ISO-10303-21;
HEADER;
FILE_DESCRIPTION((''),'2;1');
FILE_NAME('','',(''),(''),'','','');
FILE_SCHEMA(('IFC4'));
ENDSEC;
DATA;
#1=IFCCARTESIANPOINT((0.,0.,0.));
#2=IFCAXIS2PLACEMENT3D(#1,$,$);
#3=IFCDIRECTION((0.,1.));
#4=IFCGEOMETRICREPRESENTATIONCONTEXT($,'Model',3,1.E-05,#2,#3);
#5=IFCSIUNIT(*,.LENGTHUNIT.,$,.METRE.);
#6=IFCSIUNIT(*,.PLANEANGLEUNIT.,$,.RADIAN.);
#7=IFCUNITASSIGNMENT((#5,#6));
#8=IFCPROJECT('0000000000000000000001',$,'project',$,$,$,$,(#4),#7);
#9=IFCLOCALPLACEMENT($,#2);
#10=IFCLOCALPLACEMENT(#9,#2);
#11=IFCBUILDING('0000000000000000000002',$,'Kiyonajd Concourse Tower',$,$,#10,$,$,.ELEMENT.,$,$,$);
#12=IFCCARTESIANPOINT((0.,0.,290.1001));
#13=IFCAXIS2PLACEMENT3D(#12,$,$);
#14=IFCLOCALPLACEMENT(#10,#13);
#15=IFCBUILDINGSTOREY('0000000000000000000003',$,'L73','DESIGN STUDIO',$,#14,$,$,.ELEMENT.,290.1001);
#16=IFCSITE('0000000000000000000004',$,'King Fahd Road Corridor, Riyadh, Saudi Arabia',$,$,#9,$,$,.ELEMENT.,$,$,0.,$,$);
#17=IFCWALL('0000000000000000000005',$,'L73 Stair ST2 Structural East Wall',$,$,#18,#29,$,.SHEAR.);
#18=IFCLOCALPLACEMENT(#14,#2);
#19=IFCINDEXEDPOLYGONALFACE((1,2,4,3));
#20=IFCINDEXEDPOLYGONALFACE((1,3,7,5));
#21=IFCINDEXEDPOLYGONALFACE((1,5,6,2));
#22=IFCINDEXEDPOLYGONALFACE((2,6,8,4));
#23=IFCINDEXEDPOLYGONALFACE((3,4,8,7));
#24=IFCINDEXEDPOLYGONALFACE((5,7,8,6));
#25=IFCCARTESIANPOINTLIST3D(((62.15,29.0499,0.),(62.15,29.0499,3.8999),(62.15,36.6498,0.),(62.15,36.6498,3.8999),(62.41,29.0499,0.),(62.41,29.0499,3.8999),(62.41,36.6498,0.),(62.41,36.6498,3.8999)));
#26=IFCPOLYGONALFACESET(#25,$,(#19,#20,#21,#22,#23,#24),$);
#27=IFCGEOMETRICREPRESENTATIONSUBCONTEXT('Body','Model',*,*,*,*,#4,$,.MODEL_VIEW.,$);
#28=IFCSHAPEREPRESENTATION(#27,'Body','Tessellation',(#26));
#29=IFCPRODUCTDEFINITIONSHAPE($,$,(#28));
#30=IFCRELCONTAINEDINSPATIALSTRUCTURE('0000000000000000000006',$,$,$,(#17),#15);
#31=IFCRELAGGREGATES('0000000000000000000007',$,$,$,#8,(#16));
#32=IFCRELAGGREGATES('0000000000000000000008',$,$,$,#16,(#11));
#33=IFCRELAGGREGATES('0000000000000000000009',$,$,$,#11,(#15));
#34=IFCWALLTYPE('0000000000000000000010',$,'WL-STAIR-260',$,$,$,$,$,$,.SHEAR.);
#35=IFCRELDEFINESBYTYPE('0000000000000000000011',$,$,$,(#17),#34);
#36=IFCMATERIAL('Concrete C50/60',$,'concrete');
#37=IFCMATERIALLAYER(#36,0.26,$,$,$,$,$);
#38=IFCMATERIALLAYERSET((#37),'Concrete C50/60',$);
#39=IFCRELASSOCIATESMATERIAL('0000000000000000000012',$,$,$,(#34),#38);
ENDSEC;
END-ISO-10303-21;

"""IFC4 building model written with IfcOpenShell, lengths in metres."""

from ifc_helpers import new_model, si_unit, direction, frame, frame_2d, origin, place, context, subcontext, project, spatial, rectangle, extrude, material, layer, layer_set, type_object, element, save


model = new_model("IFC4")

# Units and contexts
model_context = context("Model", 3, precision=1e-05, world=origin(), true_north=direction((0.0, 1.0)))
body_context = subcontext(model_context, "Body", "Model", "MODEL_VIEW")
ifc_project = project(units=[si_unit("LENGTHUNIT", "METRE"), si_unit("PLANEANGLEUNIT", "RADIAN")], contexts=[model_context])

# Site, building, storey
site_placement = place(None, origin())
site = spatial("IfcSite", under=ifc_project, at=site_placement, Name="King Fahd Road Corridor, Riyadh, Saudi Arabia", CompositionType="ELEMENT", RefElevation=0.0)
building_placement = place(site_placement, origin())
building = spatial("IfcBuilding", under=site, at=building_placement, Name="Kiyonajd Concourse Tower", CompositionType="ELEMENT")
storey_placement = place(building_placement, frame((0.0, 0.0, 290.1001)))
storey = spatial("IfcBuildingStorey", under=building, at=storey_placement, Name="L73", Description="DESIGN STUDIO", CompositionType="ELEMENT", Elevation=290.1001)

# Shared definitions
ifc_material_1 = material(Name="Concrete C50/60", Category="concrete")
ifc_layer_1 = layer(ifc_material_1, 0.26)
ifc_layer_set_1 = layer_set([ifc_layer_1], Name="Concrete C50/60")
wall_type_1 = type_object("IfcWallType", Name="WL-STAIR-260", PredefinedType="SHEAR", material=ifc_layer_set_1)

# Wall
wall_1_placement = place(storey_placement, frame((62.28, 29.05, 0.0), z_axis=(0.0, 0.0, 1.0), x_axis=(0.0, 1.0, 0.0)))
element("IfcWall", 1, at=wall_1_placement, inside=storey, type_object=wall_type_1, Name="L73 Stair ST2 Structural East Wall", PredefinedType="SHEAR", context=body_context, shape_type="SweptSolid", body=[
    extrude(rectangle(XDim=7.5999, YDim=0.26, at=frame_2d((3.7998, 0.0))), origin(), (0.0, 0.0, 1.0), 3.8999),
])

save(model, "model.ifc")
